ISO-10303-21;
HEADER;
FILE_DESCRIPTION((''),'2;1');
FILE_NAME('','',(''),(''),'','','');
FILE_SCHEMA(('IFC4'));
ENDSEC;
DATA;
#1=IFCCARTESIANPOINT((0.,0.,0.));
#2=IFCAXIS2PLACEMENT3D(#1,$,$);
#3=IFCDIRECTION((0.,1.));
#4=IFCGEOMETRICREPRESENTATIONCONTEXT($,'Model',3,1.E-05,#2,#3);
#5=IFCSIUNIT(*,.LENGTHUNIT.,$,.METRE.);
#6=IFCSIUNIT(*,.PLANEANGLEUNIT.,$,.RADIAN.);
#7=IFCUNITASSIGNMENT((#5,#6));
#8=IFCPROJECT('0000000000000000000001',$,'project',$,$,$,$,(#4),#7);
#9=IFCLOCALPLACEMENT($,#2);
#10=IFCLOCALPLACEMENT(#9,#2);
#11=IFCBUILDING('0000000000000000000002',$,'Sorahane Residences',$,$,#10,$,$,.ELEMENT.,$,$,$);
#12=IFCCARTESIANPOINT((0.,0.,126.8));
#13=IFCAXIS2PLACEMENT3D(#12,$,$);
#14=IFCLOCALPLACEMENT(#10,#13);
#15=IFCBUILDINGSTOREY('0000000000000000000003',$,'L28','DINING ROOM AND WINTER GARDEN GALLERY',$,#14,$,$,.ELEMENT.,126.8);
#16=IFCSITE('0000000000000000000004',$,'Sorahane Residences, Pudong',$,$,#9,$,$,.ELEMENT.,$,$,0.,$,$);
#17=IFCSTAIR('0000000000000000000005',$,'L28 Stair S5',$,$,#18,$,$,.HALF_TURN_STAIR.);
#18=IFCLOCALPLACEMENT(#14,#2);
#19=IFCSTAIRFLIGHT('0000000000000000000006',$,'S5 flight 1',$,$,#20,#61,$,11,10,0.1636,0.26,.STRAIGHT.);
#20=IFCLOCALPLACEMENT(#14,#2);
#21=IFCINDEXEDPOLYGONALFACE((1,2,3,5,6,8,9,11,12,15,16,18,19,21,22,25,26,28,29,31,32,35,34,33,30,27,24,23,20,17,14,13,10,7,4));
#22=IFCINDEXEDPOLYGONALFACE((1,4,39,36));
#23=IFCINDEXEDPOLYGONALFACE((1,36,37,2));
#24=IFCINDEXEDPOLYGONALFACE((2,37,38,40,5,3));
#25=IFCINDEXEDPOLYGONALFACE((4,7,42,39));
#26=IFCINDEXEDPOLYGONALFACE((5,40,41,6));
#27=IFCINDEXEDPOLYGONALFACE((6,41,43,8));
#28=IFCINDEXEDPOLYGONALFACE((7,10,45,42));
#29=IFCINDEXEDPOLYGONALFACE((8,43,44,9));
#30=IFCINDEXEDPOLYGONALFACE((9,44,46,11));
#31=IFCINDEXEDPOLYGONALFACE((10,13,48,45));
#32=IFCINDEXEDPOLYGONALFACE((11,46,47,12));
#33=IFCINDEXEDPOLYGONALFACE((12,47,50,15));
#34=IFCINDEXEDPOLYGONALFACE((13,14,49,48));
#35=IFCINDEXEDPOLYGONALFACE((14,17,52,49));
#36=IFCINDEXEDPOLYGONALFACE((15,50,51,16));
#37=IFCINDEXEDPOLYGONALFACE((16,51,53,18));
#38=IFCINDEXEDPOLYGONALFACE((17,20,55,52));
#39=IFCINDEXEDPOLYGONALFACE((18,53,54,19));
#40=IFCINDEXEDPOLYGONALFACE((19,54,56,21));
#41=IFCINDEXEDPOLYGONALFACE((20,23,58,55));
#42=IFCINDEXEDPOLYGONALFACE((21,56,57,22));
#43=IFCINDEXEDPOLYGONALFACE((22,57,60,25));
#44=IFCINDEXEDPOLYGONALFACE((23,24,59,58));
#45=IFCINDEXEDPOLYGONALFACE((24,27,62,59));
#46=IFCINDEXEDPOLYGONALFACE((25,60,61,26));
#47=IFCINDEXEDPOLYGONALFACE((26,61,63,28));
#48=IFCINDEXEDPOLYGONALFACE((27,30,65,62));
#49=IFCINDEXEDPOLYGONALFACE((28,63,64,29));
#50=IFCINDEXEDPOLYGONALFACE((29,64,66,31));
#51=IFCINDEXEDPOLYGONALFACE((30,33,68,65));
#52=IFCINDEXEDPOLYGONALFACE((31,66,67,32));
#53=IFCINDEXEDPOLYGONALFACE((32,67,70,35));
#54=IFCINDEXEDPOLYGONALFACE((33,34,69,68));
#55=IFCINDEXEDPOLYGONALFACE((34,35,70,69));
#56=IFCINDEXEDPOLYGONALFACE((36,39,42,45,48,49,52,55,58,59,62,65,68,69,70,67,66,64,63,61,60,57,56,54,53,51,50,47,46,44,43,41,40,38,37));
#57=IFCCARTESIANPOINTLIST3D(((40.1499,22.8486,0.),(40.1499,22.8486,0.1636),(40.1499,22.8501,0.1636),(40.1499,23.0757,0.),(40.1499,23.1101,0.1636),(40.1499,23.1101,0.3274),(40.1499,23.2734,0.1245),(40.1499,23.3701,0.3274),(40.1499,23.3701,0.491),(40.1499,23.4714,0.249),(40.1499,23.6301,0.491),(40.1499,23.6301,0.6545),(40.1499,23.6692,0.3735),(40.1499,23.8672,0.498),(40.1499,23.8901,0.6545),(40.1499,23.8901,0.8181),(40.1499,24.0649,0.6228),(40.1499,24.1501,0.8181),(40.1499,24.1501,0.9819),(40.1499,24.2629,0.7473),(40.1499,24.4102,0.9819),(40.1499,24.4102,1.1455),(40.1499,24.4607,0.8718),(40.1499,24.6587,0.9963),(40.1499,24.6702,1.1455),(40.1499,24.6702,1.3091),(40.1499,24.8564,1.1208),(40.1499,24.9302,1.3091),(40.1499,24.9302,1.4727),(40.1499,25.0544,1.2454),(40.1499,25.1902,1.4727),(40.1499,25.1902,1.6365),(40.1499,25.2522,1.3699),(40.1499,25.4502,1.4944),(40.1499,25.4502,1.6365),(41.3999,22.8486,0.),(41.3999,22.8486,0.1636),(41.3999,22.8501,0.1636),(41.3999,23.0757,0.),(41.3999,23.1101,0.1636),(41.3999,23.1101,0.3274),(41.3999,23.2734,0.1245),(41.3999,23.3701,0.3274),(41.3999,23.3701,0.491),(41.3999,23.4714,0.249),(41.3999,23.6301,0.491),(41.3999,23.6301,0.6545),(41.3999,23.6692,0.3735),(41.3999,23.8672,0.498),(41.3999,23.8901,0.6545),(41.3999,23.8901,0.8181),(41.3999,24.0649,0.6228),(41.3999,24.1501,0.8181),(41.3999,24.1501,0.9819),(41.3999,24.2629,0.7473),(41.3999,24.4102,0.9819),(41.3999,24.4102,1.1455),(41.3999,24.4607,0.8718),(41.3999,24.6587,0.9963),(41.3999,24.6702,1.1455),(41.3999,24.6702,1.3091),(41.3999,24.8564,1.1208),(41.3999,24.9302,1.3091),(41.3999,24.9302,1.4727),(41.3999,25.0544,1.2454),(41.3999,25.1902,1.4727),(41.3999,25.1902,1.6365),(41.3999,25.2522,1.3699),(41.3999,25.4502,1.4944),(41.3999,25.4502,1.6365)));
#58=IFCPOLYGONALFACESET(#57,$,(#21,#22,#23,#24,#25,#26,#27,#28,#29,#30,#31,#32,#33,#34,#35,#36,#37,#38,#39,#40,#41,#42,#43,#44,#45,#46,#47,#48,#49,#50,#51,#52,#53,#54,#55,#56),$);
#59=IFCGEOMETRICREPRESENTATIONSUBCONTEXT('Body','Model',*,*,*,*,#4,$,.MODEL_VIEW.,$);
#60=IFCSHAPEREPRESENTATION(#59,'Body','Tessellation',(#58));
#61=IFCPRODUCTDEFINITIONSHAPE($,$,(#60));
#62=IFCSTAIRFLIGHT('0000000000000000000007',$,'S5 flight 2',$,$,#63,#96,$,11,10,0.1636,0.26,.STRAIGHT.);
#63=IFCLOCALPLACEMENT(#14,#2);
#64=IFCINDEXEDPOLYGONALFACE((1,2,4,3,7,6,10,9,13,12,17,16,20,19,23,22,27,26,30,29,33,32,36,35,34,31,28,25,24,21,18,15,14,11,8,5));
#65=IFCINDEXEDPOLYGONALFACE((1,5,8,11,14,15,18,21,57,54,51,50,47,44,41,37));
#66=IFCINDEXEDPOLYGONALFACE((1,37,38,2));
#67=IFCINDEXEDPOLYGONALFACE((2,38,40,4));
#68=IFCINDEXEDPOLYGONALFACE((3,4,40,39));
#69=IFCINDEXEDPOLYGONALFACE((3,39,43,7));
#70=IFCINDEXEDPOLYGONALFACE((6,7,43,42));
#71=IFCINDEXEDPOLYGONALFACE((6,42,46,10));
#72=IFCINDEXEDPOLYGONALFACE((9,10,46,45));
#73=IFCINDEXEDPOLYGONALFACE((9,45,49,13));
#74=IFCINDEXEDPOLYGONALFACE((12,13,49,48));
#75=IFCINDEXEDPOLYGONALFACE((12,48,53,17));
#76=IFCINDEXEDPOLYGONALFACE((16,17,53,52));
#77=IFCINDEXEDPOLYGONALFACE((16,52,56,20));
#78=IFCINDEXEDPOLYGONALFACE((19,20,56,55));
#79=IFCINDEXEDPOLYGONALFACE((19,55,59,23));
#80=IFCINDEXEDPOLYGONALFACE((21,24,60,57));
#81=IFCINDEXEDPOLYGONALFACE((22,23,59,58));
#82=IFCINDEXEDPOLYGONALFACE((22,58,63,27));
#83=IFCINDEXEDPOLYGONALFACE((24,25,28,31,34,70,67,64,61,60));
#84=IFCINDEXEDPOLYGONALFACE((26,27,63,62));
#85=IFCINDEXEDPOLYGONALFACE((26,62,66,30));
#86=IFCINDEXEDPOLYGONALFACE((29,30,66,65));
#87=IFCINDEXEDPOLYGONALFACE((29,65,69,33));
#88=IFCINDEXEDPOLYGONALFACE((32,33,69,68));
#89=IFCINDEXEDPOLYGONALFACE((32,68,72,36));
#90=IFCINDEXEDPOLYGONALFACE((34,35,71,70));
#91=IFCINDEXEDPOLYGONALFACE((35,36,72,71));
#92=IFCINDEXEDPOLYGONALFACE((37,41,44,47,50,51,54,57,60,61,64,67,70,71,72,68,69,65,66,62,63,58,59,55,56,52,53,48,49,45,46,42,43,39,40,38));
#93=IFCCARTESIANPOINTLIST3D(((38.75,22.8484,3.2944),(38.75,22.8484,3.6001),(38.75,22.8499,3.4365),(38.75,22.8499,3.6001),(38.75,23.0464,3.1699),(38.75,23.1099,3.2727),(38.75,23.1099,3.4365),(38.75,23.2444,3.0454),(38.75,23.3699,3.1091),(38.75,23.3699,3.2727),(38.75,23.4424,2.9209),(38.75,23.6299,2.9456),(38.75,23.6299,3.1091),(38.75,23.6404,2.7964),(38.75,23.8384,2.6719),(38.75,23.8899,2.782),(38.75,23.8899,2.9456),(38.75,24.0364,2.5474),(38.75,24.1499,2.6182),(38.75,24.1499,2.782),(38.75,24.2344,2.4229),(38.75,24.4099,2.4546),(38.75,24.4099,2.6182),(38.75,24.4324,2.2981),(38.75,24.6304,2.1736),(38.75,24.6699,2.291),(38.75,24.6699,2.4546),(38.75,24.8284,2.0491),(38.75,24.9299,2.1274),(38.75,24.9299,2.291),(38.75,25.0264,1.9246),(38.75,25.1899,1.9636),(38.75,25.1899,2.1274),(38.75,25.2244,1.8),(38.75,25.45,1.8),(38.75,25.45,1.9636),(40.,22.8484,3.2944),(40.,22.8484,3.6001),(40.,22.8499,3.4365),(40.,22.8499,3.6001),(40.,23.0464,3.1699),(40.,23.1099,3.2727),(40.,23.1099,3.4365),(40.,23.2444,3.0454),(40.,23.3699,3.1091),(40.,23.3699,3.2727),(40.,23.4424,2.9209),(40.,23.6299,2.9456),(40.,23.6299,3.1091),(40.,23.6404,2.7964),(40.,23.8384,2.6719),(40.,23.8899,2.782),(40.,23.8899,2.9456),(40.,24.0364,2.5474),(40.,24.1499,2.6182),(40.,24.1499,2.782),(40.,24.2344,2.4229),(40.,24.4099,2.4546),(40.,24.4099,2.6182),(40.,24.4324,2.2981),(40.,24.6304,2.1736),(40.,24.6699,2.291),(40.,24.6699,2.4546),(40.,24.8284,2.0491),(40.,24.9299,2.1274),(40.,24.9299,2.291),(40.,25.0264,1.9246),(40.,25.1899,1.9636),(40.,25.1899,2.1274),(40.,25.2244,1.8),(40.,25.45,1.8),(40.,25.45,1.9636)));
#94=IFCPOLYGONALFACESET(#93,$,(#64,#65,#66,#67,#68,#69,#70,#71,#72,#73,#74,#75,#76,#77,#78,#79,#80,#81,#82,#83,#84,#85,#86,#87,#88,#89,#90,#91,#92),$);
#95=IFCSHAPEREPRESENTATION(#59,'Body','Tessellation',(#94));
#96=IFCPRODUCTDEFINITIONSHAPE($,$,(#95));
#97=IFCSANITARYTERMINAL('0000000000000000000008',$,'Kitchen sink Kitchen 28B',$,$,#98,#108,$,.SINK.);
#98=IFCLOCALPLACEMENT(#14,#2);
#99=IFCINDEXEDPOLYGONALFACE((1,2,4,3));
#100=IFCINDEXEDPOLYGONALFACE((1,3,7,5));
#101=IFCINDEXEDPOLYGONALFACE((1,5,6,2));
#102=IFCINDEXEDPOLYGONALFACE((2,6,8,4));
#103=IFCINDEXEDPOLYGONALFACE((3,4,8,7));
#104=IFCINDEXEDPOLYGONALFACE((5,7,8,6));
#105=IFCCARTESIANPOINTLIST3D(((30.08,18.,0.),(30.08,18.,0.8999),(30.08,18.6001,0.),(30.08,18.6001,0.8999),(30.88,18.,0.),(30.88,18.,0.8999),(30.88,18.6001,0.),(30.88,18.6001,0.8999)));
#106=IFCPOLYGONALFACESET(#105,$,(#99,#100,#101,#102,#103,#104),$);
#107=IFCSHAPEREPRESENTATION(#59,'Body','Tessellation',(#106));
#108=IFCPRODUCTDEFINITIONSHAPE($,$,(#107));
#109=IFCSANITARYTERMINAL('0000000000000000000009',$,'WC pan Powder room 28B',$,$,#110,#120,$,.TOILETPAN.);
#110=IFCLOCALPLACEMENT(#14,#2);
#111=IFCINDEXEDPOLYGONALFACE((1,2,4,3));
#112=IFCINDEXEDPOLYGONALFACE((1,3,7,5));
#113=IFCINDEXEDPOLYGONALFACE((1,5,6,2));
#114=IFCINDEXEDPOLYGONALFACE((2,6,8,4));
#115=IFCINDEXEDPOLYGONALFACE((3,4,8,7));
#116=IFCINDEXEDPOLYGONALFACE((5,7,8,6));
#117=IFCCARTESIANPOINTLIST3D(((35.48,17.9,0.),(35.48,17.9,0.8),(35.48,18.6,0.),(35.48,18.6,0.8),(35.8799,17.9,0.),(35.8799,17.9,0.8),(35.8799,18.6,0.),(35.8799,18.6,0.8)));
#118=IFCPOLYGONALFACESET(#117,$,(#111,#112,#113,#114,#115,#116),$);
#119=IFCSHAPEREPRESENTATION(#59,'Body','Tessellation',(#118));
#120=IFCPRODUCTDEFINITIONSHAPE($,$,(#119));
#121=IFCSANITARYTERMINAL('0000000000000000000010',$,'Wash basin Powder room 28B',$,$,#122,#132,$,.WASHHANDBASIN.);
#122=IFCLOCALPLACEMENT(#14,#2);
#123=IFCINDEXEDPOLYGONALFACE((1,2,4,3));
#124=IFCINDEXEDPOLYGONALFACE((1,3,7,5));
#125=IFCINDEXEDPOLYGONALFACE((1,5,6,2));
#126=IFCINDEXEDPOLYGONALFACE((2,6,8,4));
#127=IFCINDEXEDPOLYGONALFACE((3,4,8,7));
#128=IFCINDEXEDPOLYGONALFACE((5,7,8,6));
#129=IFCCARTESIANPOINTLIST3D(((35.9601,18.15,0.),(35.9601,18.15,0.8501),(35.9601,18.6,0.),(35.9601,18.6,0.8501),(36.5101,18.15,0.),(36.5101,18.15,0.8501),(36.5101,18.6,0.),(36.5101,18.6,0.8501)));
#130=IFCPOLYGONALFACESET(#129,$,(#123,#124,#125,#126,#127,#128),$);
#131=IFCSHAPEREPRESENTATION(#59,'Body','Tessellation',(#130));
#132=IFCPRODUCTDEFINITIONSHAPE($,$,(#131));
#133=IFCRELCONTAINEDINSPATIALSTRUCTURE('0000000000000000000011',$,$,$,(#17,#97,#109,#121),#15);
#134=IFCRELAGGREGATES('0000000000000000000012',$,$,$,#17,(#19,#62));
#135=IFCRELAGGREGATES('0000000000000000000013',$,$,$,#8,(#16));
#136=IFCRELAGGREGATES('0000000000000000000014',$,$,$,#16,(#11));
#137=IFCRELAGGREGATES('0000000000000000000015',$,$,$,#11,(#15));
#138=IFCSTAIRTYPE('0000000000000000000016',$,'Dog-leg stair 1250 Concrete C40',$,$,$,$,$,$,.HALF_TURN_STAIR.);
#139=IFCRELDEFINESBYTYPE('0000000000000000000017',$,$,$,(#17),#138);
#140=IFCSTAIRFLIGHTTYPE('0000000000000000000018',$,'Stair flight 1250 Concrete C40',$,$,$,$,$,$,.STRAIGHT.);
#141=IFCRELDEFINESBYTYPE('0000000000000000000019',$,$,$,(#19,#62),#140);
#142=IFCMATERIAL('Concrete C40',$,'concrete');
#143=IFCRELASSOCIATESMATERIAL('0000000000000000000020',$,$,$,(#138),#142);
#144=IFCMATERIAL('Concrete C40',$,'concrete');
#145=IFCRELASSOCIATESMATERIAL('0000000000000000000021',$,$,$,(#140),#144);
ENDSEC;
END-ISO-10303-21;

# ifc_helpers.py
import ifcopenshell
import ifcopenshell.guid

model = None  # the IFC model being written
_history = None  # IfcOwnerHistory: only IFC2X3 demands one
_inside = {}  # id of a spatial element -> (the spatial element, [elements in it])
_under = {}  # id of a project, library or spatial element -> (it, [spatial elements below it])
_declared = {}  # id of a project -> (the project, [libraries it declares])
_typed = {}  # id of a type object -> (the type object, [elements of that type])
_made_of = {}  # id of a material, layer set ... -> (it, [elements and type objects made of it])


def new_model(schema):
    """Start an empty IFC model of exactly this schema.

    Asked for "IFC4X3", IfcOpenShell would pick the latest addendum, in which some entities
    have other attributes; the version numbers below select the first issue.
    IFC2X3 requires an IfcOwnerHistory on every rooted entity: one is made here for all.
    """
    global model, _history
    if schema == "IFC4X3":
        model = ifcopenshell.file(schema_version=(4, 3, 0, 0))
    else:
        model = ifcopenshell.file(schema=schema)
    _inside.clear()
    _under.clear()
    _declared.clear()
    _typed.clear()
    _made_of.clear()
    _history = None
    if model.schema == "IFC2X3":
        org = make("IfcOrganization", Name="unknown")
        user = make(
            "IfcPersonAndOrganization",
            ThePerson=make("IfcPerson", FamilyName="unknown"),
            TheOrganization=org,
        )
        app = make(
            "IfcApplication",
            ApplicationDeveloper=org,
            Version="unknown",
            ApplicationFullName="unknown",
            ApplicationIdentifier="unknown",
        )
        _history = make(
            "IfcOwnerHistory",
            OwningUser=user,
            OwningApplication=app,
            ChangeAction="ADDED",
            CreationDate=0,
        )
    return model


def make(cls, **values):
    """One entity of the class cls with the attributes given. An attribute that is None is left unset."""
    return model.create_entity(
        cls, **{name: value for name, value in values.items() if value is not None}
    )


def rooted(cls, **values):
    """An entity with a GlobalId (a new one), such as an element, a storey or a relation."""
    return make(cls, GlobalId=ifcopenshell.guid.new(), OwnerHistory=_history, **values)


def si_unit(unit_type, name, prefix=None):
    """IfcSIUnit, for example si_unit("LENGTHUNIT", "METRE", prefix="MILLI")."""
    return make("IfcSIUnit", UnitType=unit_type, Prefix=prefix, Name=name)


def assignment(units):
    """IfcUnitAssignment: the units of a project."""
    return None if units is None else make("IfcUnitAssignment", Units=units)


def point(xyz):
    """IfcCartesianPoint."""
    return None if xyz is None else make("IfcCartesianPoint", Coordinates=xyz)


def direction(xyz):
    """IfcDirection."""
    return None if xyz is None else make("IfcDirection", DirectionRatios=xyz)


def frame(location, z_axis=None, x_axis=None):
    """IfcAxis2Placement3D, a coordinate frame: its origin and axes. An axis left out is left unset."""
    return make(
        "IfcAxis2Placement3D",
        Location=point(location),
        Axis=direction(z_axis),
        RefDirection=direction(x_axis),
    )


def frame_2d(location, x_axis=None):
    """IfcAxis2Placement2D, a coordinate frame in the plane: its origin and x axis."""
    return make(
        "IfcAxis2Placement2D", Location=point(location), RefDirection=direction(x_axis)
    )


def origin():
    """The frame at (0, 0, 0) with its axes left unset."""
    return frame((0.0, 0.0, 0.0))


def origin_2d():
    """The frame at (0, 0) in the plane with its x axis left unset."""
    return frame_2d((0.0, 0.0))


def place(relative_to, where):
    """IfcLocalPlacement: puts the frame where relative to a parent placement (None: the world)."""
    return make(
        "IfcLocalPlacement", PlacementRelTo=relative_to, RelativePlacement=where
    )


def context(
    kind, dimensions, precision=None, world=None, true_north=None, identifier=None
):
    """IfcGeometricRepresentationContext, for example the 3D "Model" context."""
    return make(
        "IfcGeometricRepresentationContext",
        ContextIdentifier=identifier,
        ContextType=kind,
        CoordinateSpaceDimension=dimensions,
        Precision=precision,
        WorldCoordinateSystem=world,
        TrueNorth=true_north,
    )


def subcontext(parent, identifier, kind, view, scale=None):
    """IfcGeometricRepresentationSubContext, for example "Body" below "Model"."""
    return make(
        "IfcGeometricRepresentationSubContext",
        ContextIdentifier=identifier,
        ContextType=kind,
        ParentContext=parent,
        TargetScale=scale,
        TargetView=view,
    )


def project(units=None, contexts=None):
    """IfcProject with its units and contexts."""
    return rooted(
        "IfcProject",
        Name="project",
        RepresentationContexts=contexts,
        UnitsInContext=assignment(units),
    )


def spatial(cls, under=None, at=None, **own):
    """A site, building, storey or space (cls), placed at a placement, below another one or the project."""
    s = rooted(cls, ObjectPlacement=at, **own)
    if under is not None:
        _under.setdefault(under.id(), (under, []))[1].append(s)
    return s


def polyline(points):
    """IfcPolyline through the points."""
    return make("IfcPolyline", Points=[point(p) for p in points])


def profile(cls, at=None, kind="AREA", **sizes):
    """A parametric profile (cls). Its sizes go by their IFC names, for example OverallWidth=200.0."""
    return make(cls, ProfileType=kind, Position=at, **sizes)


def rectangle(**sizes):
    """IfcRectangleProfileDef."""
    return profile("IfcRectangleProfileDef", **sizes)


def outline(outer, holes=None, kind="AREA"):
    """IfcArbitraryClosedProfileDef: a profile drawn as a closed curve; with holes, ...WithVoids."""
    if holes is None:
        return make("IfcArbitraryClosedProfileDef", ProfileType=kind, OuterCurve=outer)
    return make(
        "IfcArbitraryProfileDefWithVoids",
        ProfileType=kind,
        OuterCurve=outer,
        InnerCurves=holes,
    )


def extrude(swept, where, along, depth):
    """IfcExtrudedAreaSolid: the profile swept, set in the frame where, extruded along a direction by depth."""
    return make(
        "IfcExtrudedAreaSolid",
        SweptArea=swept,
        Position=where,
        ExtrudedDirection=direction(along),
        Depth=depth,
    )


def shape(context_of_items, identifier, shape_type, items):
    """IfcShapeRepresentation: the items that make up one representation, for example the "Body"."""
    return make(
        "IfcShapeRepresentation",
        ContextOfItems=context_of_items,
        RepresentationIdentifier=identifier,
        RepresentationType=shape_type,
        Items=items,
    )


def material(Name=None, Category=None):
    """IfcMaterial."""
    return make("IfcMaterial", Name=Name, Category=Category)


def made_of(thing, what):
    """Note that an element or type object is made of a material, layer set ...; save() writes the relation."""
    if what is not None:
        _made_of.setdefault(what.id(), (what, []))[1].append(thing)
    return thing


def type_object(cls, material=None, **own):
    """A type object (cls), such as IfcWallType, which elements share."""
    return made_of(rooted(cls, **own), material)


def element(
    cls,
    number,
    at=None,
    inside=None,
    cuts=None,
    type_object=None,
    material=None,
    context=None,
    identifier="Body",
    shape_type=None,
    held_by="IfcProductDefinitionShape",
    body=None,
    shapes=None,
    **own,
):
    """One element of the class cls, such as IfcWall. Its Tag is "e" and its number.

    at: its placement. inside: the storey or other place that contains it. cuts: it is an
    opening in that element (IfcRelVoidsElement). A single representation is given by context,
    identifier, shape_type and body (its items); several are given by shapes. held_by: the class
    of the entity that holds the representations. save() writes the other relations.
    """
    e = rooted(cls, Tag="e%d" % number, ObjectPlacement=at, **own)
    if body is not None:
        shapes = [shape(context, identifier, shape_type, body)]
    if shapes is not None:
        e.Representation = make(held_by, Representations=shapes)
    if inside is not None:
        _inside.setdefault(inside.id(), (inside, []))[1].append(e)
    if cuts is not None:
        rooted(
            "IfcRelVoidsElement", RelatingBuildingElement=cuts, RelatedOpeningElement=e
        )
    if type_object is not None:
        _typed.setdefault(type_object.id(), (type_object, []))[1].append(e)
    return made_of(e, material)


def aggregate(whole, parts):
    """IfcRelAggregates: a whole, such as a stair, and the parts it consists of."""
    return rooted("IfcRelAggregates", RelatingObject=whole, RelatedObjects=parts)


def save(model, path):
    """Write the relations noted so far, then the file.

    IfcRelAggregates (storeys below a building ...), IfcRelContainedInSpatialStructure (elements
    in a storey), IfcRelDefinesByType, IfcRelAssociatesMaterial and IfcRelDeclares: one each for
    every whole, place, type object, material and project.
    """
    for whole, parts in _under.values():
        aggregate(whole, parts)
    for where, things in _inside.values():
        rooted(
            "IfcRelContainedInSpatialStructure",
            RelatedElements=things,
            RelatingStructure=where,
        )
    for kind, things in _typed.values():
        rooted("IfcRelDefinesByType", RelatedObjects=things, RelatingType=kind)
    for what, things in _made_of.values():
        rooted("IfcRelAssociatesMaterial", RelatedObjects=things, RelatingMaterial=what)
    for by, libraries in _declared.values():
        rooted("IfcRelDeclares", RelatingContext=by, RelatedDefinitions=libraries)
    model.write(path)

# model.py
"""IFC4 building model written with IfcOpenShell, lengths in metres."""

from ifc_helpers import new_model, si_unit, direction, frame, origin, origin_2d, place, context, subcontext, project, spatial, polyline, rectangle, outline, extrude, material, type_object, element, aggregate, save


model = new_model("IFC4")

# Units and contexts
model_context = context("Model", 3, precision=1e-05, world=origin(), true_north=direction((0.0, 1.0)))
body_context = subcontext(model_context, "Body", "Model", "MODEL_VIEW")
ifc_project = project(units=[si_unit("LENGTHUNIT", "METRE"), si_unit("PLANEANGLEUNIT", "RADIAN")], contexts=[model_context])

# Site, building, storey
site_placement = place(None, origin())
site = spatial("IfcSite", under=ifc_project, at=site_placement, Name="Sorahane Residences, Pudong", CompositionType="ELEMENT", RefElevation=0.0)
building_placement = place(site_placement, origin())
building = spatial("IfcBuilding", under=site, at=building_placement, Name="Sorahane Residences", CompositionType="ELEMENT")
storey_placement = place(building_placement, frame((0.0, 0.0, 126.8)))
storey = spatial("IfcBuildingStorey", under=building, at=storey_placement, Name="L28", Description="DINING ROOM AND WINTER GARDEN GALLERY", CompositionType="ELEMENT", Elevation=126.8)

# Stair, stair flights
ifc_material_1 = material(Name="Concrete C40", Category="concrete")
stair_type = type_object("IfcStairType", Name="Dog-leg stair 1250 Concrete C40", PredefinedType="HALF_TURN_STAIR", material=ifc_material_1)
stair_placement = place(storey_placement, origin())
stair = element("IfcStair", 1, at=stair_placement, inside=storey, type_object=stair_type, Name="L28 Stair S5", PredefinedType="HALF_TURN_STAIR")
ifc_material_2 = material(Name="Concrete C40", Category="concrete")
stair_flight_type = type_object("IfcStairFlightType", Name="Stair flight 1250 Concrete C40", PredefinedType="STRAIGHT", material=ifc_material_2)
stair_flight_1_placement = place(storey_placement, frame((40.7749, 22.8501, 0.0), z_axis=(0.0, 0.0, 1.0), x_axis=(0.0, 1.0, 0.0)))
stair_flight_1 = element("IfcStairFlight", 2, at=stair_flight_1_placement, type_object=stair_flight_type, Name="S5 flight 1", NumberOfRisers=11, NumberOfTreads=10, PredefinedType="STRAIGHT", RiserHeight=0.1636, TreadLength=0.26, context=body_context, shape_type="SweptSolid", body=[
    extrude(outline(polyline([(-0.0015, 0.0), (-0.0015, 0.1636), (0.0, 0.1636), (0.26, 0.1636), (0.26, 0.3274), (0.52, 0.3274), (0.52, 0.491), (0.78, 0.491), (0.78, 0.6545), (1.04, 0.6545), (1.04, 0.8181), (1.3, 0.8181), (1.3, 0.9819), (1.5601, 0.9819), (1.5601, 1.1455), (1.8201, 1.1455), (1.8201, 1.3091), (2.0801, 1.3091), (2.0801, 1.4727), (2.3401, 1.4727), (2.3401, 1.6365), (2.6001, 1.6365), (2.6001, 1.8), (2.6001, 1.4944), (2.4021, 1.3699), (2.2043, 1.2454), (2.0063, 1.1208), (1.8086, 0.9963), (1.6106, 0.8718), (1.4128, 0.7473), (1.2148, 0.6228), (1.0171, 0.498), (0.8191, 0.3735), (0.6213, 0.249), (0.4233, 0.1245), (0.2256, 0.0), (-0.0015, 0.0)])), frame((0.0, 0.625, 0.0), z_axis=(0.0, -1.0, 0.0), x_axis=(1.0, 0.0, 0.0)), (0.0, 0.0, 1.0), 1.25),
])
stair_flight_2_placement = place(storey_placement, frame((39.375, 25.45, 1.8), z_axis=(0.0, 0.0, 1.0), x_axis=(0.0, -1.0, 0.0)))
stair_flight_2 = element("IfcStairFlight", 3, at=stair_flight_2_placement, type_object=stair_flight_type, Name="S5 flight 2", NumberOfRisers=11, NumberOfTreads=10, PredefinedType="STRAIGHT", RiserHeight=0.1636, TreadLength=0.26, context=body_context, shape_type="SweptSolid", body=[
    extrude(outline(polyline([(0.0, 0.0), (0.0, 0.1636), (0.26, 0.1636), (0.26, 0.3274), (0.52, 0.3274), (0.52, 0.491), (0.78, 0.491), (0.78, 0.6545), (1.04, 0.6545), (1.04, 0.8181), (1.3, 0.8181), (1.3, 0.9819), (1.5601, 0.9819), (1.5601, 1.1455), (1.8201, 1.1455), (1.8201, 1.3091), (2.0801, 1.3091), (2.0801, 1.4727), (2.3401, 1.4727), (2.3401, 1.6365), (2.6001, 1.6365), (2.6001, 1.8), (2.6016, 1.8), (2.6016, 1.4944), (2.4036, 1.3699), (2.2056, 1.2454), (2.0076, 1.1208), (1.8096, 0.9963), (1.6116, 0.8718), (1.4136, 0.7473), (1.2156, 0.6228), (1.0176, 0.498), (0.8196, 0.3735), (0.6216, 0.249), (0.4236, 0.1245), (0.2256, 0.0), (0.0, 0.0)])), frame((0.0, 0.625, 0.0), z_axis=(0.0, -1.0, 0.0), x_axis=(1.0, 0.0, 0.0)), (0.0, 0.0, 1.0), 1.25),
])
aggregate(stair, [stair_flight_1, stair_flight_2])

# Sanitary terminals
sanitary_terminal_1_placement = place(storey_placement, frame((30.48, 18.3, 0.0), z_axis=(0.0, 0.0, 1.0), x_axis=(1.0, 0.0, 0.0)))
element("IfcSanitaryTerminal", 4, at=sanitary_terminal_1_placement, inside=storey, Name="Kitchen sink Kitchen 28B", PredefinedType="SINK", context=body_context, shape_type="SweptSolid", body=[
    extrude(rectangle(XDim=0.8, YDim=0.6001, at=origin_2d()), origin(), (0.0, 0.0, 1.0), 0.8999),
])
sanitary_terminal_2_placement = place(storey_placement, frame((35.6799, 18.25, 0.0), z_axis=(0.0, 0.0, 1.0), x_axis=(1.0, 0.0, 0.0)))
element("IfcSanitaryTerminal", 5, at=sanitary_terminal_2_placement, inside=storey, Name="WC pan Powder room 28B", PredefinedType="TOILETPAN", context=body_context, shape_type="SweptSolid", body=[
    extrude(rectangle(XDim=0.3999, YDim=0.7, at=origin_2d()), origin(), (0.0, 0.0, 1.0), 0.8),
])
sanitary_terminal_3_placement = place(storey_placement, frame((36.2351, 18.375, 0.0), z_axis=(0.0, 0.0, 1.0), x_axis=(1.0, 0.0, 0.0)))
element("IfcSanitaryTerminal", 6, at=sanitary_terminal_3_placement, inside=storey, Name="Wash basin Powder room 28B", PredefinedType="WASHHANDBASIN", context=body_context, shape_type="SweptSolid", body=[
    extrude(rectangle(XDim=0.55, YDim=0.45, at=origin_2d()), origin(), (0.0, 0.0, 1.0), 0.8501),
])

save(model, "model.ifc")
